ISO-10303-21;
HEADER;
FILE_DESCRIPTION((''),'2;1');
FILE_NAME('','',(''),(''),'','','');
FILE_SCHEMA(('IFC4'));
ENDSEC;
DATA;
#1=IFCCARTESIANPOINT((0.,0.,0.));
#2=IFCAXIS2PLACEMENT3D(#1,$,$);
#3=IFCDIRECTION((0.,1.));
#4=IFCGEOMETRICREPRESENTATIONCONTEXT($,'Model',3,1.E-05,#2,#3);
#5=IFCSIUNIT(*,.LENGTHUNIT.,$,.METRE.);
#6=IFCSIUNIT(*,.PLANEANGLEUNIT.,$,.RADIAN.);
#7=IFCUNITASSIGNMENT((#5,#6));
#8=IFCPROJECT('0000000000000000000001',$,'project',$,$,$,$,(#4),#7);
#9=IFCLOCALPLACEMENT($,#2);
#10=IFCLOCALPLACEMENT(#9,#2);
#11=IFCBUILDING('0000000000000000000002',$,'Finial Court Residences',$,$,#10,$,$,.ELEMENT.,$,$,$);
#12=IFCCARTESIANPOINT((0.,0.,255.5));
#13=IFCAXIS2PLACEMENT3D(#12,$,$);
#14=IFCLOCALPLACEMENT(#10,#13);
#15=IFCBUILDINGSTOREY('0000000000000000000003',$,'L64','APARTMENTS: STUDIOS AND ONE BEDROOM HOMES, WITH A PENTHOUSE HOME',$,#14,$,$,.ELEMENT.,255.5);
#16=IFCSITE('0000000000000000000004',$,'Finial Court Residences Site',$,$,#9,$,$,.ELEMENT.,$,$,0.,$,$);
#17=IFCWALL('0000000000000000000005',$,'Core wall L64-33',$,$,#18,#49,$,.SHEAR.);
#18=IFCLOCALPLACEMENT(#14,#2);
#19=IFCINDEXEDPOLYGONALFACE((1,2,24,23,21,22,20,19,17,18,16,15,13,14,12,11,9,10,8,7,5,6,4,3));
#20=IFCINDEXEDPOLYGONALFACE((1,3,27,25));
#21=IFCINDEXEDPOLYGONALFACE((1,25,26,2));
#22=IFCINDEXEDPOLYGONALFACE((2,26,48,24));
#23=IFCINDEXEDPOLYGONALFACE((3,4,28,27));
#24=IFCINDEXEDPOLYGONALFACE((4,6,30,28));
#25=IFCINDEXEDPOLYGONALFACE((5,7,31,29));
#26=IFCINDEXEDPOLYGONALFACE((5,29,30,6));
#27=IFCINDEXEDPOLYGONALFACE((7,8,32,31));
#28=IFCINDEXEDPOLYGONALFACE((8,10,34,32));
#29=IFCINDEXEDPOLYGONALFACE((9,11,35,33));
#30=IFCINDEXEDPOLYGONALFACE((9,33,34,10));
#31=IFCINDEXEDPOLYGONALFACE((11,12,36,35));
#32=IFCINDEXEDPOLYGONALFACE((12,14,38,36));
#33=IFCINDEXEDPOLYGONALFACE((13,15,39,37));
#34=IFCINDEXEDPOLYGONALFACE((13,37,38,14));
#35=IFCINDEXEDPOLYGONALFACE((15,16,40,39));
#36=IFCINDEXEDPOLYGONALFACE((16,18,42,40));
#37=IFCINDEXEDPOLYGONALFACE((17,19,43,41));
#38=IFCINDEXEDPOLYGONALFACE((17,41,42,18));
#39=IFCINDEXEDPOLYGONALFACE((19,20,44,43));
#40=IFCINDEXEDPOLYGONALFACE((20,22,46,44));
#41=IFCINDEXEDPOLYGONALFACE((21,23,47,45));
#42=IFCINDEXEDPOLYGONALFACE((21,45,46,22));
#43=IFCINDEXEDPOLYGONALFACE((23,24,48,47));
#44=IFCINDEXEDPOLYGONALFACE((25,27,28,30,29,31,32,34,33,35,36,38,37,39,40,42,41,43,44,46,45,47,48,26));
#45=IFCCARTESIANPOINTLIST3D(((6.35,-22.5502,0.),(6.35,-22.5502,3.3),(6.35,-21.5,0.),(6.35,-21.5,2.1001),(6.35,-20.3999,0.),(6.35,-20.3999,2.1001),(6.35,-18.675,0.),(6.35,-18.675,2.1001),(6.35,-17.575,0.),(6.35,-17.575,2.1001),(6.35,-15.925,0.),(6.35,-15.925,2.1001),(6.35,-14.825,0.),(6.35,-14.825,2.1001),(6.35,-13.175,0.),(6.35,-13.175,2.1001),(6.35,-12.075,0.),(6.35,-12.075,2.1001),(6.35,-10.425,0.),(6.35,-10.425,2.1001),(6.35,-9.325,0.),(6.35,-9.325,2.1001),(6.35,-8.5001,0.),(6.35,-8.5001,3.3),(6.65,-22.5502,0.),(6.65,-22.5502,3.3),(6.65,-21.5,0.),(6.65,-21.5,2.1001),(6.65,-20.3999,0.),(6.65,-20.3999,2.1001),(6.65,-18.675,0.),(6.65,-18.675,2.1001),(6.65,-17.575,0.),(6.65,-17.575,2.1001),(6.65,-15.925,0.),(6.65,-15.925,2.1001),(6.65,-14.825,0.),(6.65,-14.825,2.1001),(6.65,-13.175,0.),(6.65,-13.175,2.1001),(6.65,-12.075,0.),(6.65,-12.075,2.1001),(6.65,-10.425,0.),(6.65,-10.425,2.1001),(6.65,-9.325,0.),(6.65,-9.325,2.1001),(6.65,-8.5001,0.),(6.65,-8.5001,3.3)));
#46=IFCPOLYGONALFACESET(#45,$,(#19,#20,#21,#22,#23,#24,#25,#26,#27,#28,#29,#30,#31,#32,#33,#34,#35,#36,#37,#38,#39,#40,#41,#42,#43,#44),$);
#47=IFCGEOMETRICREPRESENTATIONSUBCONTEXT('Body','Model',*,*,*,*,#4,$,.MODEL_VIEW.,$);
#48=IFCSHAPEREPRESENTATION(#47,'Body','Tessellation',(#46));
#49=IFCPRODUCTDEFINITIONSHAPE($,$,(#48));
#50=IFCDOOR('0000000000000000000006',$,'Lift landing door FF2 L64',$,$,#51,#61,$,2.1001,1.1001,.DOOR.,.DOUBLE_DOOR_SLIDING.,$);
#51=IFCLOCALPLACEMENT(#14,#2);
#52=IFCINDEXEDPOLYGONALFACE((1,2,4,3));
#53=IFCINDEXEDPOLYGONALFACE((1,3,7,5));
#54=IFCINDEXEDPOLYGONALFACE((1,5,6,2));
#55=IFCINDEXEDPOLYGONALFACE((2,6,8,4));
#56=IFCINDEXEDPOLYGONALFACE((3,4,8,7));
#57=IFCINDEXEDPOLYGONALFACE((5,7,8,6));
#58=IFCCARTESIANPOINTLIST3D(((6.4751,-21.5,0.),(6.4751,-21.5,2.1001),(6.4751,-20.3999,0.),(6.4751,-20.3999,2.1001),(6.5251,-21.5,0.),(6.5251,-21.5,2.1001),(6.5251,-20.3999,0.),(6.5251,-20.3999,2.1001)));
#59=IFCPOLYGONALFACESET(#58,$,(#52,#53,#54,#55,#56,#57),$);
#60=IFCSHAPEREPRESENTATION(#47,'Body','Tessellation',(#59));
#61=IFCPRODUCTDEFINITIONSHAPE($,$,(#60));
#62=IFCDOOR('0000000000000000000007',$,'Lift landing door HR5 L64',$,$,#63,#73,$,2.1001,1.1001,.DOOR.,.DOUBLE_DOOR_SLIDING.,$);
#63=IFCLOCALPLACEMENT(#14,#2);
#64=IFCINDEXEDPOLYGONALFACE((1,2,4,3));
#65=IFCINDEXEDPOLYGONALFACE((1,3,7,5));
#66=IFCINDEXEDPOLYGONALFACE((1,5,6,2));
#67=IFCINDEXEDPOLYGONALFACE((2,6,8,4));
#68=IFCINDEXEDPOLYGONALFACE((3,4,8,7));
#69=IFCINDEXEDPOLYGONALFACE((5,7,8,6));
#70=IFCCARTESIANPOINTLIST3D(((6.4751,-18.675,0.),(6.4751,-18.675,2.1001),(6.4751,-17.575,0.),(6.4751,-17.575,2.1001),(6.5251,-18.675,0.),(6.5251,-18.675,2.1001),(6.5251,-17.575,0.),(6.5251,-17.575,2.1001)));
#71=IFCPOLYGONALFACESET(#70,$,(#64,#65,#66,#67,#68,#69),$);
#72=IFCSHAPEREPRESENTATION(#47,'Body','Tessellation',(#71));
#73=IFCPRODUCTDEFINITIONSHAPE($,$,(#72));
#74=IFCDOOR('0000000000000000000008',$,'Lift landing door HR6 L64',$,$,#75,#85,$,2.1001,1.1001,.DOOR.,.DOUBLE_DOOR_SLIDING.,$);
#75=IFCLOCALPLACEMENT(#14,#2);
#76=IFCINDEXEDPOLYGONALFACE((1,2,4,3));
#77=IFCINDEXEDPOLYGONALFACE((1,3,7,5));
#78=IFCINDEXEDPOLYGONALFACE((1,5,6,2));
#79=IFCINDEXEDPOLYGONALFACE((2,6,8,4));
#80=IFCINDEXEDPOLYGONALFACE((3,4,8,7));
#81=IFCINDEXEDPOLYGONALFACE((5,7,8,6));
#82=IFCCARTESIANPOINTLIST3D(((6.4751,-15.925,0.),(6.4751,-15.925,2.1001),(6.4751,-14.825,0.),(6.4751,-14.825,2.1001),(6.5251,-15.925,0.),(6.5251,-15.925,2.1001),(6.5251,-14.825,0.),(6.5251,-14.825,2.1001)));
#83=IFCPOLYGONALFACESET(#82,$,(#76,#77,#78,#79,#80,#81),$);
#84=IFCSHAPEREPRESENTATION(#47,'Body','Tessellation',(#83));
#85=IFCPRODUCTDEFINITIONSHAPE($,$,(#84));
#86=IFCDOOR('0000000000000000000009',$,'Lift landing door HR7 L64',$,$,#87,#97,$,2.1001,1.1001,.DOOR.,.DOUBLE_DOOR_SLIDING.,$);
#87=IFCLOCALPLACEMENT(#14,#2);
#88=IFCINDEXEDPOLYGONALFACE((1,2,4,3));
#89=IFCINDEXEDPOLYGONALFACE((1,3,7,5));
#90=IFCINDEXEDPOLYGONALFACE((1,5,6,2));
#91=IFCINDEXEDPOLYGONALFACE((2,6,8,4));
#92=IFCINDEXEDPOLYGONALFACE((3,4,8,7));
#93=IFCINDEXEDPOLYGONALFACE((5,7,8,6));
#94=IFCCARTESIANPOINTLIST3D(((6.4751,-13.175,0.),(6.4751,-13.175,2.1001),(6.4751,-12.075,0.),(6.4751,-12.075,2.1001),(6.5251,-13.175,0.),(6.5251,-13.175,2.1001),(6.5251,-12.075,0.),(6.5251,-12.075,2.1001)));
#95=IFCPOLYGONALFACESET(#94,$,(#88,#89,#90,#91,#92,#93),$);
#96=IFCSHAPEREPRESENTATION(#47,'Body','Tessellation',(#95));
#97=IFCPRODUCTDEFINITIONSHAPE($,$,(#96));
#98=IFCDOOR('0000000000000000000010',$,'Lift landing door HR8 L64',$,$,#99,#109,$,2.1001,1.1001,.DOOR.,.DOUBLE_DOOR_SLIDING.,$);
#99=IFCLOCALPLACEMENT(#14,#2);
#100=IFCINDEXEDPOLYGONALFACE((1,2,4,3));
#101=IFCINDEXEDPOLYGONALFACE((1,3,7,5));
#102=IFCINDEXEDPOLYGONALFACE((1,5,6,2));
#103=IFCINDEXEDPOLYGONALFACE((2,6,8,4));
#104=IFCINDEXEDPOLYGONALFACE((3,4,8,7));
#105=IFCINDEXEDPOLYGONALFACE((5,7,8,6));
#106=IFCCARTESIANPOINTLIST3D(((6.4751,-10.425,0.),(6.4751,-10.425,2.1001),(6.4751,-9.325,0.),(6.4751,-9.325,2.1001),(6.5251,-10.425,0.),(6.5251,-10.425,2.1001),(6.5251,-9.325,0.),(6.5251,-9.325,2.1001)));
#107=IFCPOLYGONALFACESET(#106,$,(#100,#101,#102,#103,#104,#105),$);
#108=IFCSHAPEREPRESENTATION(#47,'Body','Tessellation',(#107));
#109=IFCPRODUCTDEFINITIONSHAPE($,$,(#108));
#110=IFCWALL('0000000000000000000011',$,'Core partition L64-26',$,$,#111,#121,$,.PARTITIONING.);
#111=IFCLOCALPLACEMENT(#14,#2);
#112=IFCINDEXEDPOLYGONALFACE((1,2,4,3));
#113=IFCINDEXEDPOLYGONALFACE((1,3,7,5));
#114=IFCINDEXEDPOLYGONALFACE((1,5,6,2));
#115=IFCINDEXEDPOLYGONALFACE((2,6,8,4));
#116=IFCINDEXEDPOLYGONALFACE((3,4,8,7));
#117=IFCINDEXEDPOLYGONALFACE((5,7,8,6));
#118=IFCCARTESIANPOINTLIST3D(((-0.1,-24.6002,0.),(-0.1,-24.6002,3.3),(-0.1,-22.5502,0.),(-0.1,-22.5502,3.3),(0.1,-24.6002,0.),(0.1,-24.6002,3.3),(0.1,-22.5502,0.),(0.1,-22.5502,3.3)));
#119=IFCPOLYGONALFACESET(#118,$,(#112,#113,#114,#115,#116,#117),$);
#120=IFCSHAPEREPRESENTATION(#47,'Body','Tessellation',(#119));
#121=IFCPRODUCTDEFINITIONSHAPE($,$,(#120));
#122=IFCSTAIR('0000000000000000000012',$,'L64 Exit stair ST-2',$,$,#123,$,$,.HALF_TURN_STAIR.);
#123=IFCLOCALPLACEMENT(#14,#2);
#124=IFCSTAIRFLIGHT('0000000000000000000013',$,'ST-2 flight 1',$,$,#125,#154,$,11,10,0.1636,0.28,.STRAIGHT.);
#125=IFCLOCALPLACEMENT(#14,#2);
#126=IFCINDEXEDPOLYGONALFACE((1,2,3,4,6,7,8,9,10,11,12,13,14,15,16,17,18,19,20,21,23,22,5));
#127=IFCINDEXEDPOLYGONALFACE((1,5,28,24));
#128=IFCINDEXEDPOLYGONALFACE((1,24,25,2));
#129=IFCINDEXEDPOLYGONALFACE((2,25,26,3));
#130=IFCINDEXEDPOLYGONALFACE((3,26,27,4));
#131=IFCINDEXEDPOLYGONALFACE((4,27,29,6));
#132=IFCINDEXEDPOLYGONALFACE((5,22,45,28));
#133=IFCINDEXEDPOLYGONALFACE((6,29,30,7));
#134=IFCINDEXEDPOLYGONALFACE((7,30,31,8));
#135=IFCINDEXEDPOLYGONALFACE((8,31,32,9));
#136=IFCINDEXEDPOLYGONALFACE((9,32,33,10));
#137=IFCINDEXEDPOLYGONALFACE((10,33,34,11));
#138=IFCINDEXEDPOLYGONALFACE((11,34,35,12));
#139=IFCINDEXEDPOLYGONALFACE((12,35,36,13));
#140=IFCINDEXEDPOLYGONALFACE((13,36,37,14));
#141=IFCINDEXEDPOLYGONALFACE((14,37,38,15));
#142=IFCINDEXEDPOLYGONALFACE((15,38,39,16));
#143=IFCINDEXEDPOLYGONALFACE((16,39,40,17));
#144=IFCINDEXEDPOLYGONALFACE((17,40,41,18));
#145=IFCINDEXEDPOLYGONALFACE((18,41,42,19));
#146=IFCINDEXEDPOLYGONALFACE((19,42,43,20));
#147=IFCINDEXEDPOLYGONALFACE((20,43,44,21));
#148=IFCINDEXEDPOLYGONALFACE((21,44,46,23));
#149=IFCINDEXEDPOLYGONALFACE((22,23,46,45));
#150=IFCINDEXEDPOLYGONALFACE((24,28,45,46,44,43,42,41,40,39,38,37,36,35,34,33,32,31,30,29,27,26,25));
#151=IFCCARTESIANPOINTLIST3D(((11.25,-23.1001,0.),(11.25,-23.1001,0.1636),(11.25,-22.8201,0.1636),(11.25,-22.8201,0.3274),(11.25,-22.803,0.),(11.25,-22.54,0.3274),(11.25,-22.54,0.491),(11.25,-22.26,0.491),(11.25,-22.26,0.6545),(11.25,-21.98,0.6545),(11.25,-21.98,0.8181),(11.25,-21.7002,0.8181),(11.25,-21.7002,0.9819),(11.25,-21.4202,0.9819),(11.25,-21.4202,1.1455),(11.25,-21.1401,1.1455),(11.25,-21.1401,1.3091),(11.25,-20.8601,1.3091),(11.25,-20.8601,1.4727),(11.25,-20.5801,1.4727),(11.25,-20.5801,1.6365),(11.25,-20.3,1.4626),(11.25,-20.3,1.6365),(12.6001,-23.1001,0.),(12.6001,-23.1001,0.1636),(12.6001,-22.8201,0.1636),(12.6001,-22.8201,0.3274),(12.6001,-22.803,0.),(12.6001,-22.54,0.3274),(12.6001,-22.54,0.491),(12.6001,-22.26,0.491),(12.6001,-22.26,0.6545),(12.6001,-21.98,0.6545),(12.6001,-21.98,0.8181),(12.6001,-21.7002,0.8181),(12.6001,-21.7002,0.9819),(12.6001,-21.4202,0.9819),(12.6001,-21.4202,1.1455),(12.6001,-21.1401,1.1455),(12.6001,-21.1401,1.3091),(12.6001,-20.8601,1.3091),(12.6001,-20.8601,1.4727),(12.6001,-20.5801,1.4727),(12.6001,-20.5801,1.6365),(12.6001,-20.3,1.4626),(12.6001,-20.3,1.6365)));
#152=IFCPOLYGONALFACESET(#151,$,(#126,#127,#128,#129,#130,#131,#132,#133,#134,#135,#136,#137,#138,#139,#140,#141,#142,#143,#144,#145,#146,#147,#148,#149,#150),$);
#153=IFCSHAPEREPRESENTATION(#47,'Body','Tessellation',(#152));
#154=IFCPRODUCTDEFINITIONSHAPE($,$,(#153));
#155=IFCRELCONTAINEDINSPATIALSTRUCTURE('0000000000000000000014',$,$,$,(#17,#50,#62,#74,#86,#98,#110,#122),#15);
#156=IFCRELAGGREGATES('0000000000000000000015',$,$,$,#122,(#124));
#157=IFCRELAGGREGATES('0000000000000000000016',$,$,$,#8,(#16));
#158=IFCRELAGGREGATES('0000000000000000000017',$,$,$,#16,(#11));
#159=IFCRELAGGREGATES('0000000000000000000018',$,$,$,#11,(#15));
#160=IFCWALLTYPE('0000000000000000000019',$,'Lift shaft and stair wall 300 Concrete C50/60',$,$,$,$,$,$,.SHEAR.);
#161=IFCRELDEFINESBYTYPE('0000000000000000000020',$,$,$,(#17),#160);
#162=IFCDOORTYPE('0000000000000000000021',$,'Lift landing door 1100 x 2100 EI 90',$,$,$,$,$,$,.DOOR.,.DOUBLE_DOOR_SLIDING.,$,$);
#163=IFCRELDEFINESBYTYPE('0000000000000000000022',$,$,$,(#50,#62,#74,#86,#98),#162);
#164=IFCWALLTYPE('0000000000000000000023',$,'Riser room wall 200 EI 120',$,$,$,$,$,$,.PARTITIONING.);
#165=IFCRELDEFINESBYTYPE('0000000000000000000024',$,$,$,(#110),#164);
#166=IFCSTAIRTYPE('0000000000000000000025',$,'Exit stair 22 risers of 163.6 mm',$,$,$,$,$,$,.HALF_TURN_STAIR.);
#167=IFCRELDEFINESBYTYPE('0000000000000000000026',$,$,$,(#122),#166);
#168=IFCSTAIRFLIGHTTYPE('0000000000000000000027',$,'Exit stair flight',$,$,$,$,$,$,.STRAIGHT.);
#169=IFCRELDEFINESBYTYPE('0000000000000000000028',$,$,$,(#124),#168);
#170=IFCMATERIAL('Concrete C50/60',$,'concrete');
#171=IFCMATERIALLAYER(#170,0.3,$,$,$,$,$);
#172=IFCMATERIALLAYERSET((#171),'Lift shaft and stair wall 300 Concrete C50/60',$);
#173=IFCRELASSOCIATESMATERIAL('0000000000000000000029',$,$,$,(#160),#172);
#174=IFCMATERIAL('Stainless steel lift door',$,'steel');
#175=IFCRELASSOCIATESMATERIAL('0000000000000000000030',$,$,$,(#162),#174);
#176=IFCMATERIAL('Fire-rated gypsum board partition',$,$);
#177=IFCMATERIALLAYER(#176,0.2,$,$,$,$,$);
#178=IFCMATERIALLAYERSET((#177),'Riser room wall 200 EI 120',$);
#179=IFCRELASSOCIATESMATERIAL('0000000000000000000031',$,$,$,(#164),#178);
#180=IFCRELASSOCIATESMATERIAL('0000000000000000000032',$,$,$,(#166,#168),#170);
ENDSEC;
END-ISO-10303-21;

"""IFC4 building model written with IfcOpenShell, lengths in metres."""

from ifc_helpers import new_model, si_unit, direction, frame, frame_2d, origin, place, context, subcontext, project, spatial, polyline, rectangle, outline, extrude, material, layer, layer_set, type_object, element, fill, aggregate, save


model = new_model("IFC4")

# Units and contexts
model_context = context("Model", 3, precision=1e-05, world=origin(), true_north=direction((0.0, 1.0)))
body_context = subcontext(model_context, "Body", "Model", "MODEL_VIEW")
ifc_project = project(units=[si_unit("LENGTHUNIT", "METRE"), si_unit("PLANEANGLEUNIT", "RADIAN")], contexts=[model_context])

# Site, building, storey
site_placement = place(None, origin())
site = spatial("IfcSite", under=ifc_project, at=site_placement, Name="Finial Court Residences Site", CompositionType="ELEMENT", RefElevation=0.0)
building_placement = place(site_placement, origin())
building = spatial("IfcBuilding", under=site, at=building_placement, Name="Finial Court Residences", CompositionType="ELEMENT")
storey_placement = place(building_placement, frame((0.0, 0.0, 255.5)))
storey = spatial("IfcBuildingStorey", under=building, at=storey_placement, Name="L64", Description="APARTMENTS: STUDIOS AND ONE BEDROOM HOMES, WITH A PENTHOUSE HOME", CompositionType="ELEMENT", Elevation=255.5)

# Shared definitions
ifc_material_1 = material(Name="Concrete C50/60", Category="concrete")

# Shared definitions
ifc_material_2 = material(Name="Fire-rated gypsum board partition")

# Shared definitions
ifc_layer_1 = layer(ifc_material_1, 0.3)
ifc_layer_set_1 = layer_set([ifc_layer_1], Name="Lift shaft and stair wall 300 Concrete C50/60")
wall_type_1 = type_object("IfcWallType", Name="Lift shaft and stair wall 300 Concrete C50/60", PredefinedType="SHEAR", material=ifc_layer_set_1)

# Shared definitions
ifc_material_3 = material(Name="Stainless steel lift door", Category="steel")
door_type_1 = type_object("IfcDoorType", Name="Lift landing door 1100 x 2100 EI 90", OperationType="DOUBLE_DOOR_SLIDING", PredefinedType="DOOR", material=ifc_material_3)

# Wall, openings, doors
wall_1_placement = place(storey_placement, frame((6.5, -22.55, 0.0), z_axis=(0.0, 0.0, 1.0), x_axis=(0.0, 1.0, 0.0)))
wall_1 = element("IfcWall", 1, at=wall_1_placement, inside=storey, type_object=wall_type_1, Name="Core wall L64-33", PredefinedType="SHEAR", context=body_context, shape_type="SweptSolid", body=[
    extrude(rectangle(XDim=14.05, YDim=0.3, at=frame_2d((7.0249, 0.0))), origin(), (0.0, 0.0, 1.0), 3.3),
])
opening_1_placement = place(wall_1_placement, frame((1.05, 0.0, 0.0)))
opening_1 = element("IfcOpeningElement", 2, at=opening_1_placement, cuts=wall_1, PredefinedType="OPENING", context=body_context, shape_type="SweptSolid", body=[
    extrude(rectangle(XDim=1.1001, YDim=2.1001, at=frame_2d((0.55, 1.05))), frame((0.0, 0.1599, 0.0), z_axis=(0.0, -1.0, 0.0), x_axis=(1.0, 0.0, 0.0)), (0.0, 0.0, 1.0), 0.3201),
])
opening_2_placement = place(wall_1_placement, frame((3.875, 0.0, 0.0)))
opening_2 = element("IfcOpeningElement", 3, at=opening_2_placement, cuts=wall_1, PredefinedType="OPENING", context=body_context, shape_type="SweptSolid", body=[
    extrude(rectangle(XDim=1.1001, YDim=2.1001, at=frame_2d((0.55, 1.05))), frame((0.0, 0.1599, 0.0), z_axis=(0.0, -1.0, 0.0), x_axis=(1.0, 0.0, 0.0)), (0.0, 0.0, 1.0), 0.3201),
])
opening_3_placement = place(wall_1_placement, frame((6.625, 0.0, 0.0)))
opening_3 = element("IfcOpeningElement", 4, at=opening_3_placement, cuts=wall_1, PredefinedType="OPENING", context=body_context, shape_type="SweptSolid", body=[
    extrude(rectangle(XDim=1.1001, YDim=2.1001, at=frame_2d((0.55, 1.05))), frame((0.0, 0.1599, 0.0), z_axis=(0.0, -1.0, 0.0), x_axis=(1.0, 0.0, 0.0)), (0.0, 0.0, 1.0), 0.3201),
])
opening_4_placement = place(wall_1_placement, frame((9.375, 0.0, 0.0)))
opening_4 = element("IfcOpeningElement", 5, at=opening_4_placement, cuts=wall_1, PredefinedType="OPENING", context=body_context, shape_type="SweptSolid", body=[
    extrude(rectangle(XDim=1.1001, YDim=2.1001, at=frame_2d((0.55, 1.05))), frame((0.0, 0.1599, 0.0), z_axis=(0.0, -1.0, 0.0), x_axis=(1.0, 0.0, 0.0)), (0.0, 0.0, 1.0), 0.3201),
])
opening_5_placement = place(wall_1_placement, frame((12.125, 0.0, 0.0)))
opening_5 = element("IfcOpeningElement", 6, at=opening_5_placement, cuts=wall_1, PredefinedType="OPENING", context=body_context, shape_type="SweptSolid", body=[
    extrude(rectangle(XDim=1.1001, YDim=2.1001, at=frame_2d((0.55, 1.05))), frame((0.0, 0.1599, 0.0), z_axis=(0.0, -1.0, 0.0), x_axis=(1.0, 0.0, 0.0)), (0.0, 0.0, 1.0), 0.3201),
])
door_1_placement = place(opening_1_placement, origin())
door_1 = element("IfcDoor", 7, at=door_1_placement, inside=storey, type_object=door_type_1, Name="Lift landing door FF2 L64", OperationType="DOUBLE_DOOR_SLIDING", OverallHeight=2.1001, OverallWidth=1.1001, PredefinedType="DOOR", context=body_context, shape_type="SweptSolid", body=[
    extrude(rectangle(XDim=1.1001, YDim=2.1001, at=frame_2d((0.55, 1.05))), frame((0.0, 0.0249, 0.0), z_axis=(0.0, -1.0, 0.0), x_axis=(1.0, 0.0, 0.0)), (0.0, 0.0, 1.0), 0.05),
])
fill(opening_1, door_1)
door_2_placement = place(opening_2_placement, origin())
door_2 = element("IfcDoor", 8, at=door_2_placement, inside=storey, type_object=door_type_1, Name="Lift landing door HR5 L64", OperationType="DOUBLE_DOOR_SLIDING", OverallHeight=2.1001, OverallWidth=1.1001, PredefinedType="DOOR", context=body_context, shape_type="SweptSolid", body=[
    extrude(rectangle(XDim=1.1001, YDim=2.1001, at=frame_2d((0.55, 1.05))), frame((0.0, 0.0249, 0.0), z_axis=(0.0, -1.0, 0.0), x_axis=(1.0, 0.0, 0.0)), (0.0, 0.0, 1.0), 0.05),
])
fill(opening_2, door_2)
door_3_placement = place(opening_3_placement, origin())
door_3 = element("IfcDoor", 9, at=door_3_placement, inside=storey, type_object=door_type_1, Name="Lift landing door HR6 L64", OperationType="DOUBLE_DOOR_SLIDING", OverallHeight=2.1001, OverallWidth=1.1001, PredefinedType="DOOR", context=body_context, shape_type="SweptSolid", body=[
    extrude(rectangle(XDim=1.1001, YDim=2.1001, at=frame_2d((0.55, 1.05))), frame((0.0, 0.0249, 0.0), z_axis=(0.0, -1.0, 0.0), x_axis=(1.0, 0.0, 0.0)), (0.0, 0.0, 1.0), 0.05),
])
fill(opening_3, door_3)
door_4_placement = place(opening_4_placement, origin())
door_4 = element("IfcDoor", 10, at=door_4_placement, inside=storey, type_object=door_type_1, Name="Lift landing door HR7 L64", OperationType="DOUBLE_DOOR_SLIDING", OverallHeight=2.1001, OverallWidth=1.1001, PredefinedType="DOOR", context=body_context, shape_type="SweptSolid", body=[
    extrude(rectangle(XDim=1.1001, YDim=2.1001, at=frame_2d((0.55, 1.05))), frame((0.0, 0.0249, 0.0), z_axis=(0.0, -1.0, 0.0), x_axis=(1.0, 0.0, 0.0)), (0.0, 0.0, 1.0), 0.05),
])
fill(opening_4, door_4)
door_5_placement = place(opening_5_placement, origin())
door_5 = element("IfcDoor", 11, at=door_5_placement, inside=storey, type_object=door_type_1, Name="Lift landing door HR8 L64", OperationType="DOUBLE_DOOR_SLIDING", OverallHeight=2.1001, OverallWidth=1.1001, PredefinedType="DOOR", context=body_context, shape_type="SweptSolid", body=[
    extrude(rectangle(XDim=1.1001, YDim=2.1001, at=frame_2d((0.55, 1.05))), frame((0.0, 0.0249, 0.0), z_axis=(0.0, -1.0, 0.0), x_axis=(1.0, 0.0, 0.0)), (0.0, 0.0, 1.0), 0.05),
])
fill(opening_5, door_5)

# Wall
ifc_layer_2 = layer(ifc_material_2, 0.2)
ifc_layer_set_2 = layer_set([ifc_layer_2], Name="Riser room wall 200 EI 120")
wall_type_2 = type_object("IfcWallType", Name="Riser room wall 200 EI 120", PredefinedType="PARTITIONING", material=ifc_layer_set_2)
wall_2_placement = place(storey_placement, frame((0.0, -24.6001, 0.0), z_axis=(0.0, 0.0, 1.0), x_axis=(0.0, 1.0, 0.0)))
element("IfcWall", 12, at=wall_2_placement, inside=storey, type_object=wall_type_2, Name="Core partition L64-26", PredefinedType="PARTITIONING", context=body_context, shape_type="SweptSolid", body=[
    extrude(rectangle(XDim=2.05, YDim=0.2, at=frame_2d((1.0249, 0.0))), origin(), (0.0, 0.0, 1.0), 3.3),
])

# Stair, stair flight
stair_type = type_object("IfcStairType", Name="Exit stair 22 risers of 163.6 mm", PredefinedType="HALF_TURN_STAIR", material=ifc_material_1)
stair_placement = place(storey_placement, origin())
stair = element("IfcStair", 13, at=stair_placement, inside=storey, type_object=stair_type, Name="L64 Exit stair ST-2", PredefinedType="HALF_TURN_STAIR")
stair_flight_type = type_object("IfcStairFlightType", Name="Exit stair flight", PredefinedType="STRAIGHT", material=ifc_material_1)
stair_flight_1_placement = place(storey_placement, frame((11.925, -23.1001, 0.0), z_axis=(0.0, 0.0, 1.0), x_axis=(0.0, 1.0, 0.0)))
stair_flight_1 = element("IfcStairFlight", 14, at=stair_flight_1_placement, type_object=stair_flight_type, Name="ST-2 flight 1", NumberOfRisers=11, NumberOfTreads=10, PredefinedType="STRAIGHT", RiserHeight=0.1636, TreadLength=0.28, context=body_context, shape_type="SweptSolid", body=[
    extrude(outline(polyline([(0.0, 0.0), (0.0, 0.1636), (0.28, 0.1636), (0.28, 0.3274), (0.5601, 0.3274), (0.5601, 0.491), (0.8401, 0.491), (0.8401, 0.6545), (1.1201, 0.6545), (1.1201, 0.8181), (1.3999, 0.8181), (1.3999, 0.9819), (1.6799, 0.9819), (1.6799, 1.1455), (1.96, 1.1455), (1.96, 1.3091), (2.24, 1.3091), (2.24, 1.4727), (2.52, 1.4727), (2.52, 1.6365), (2.8, 1.6365), (2.8, 1.8), (2.8, 1.4626), (0.2971, 0.0), (0.0, 0.0)])), frame((0.0, 0.675, 0.0), z_axis=(0.0, -1.0, 0.0), x_axis=(1.0, 0.0, 0.0)), (0.0, 0.0, 1.0), 1.3501),
])
aggregate(stair, [stair_flight_1])

save(model, "model.ifc")
